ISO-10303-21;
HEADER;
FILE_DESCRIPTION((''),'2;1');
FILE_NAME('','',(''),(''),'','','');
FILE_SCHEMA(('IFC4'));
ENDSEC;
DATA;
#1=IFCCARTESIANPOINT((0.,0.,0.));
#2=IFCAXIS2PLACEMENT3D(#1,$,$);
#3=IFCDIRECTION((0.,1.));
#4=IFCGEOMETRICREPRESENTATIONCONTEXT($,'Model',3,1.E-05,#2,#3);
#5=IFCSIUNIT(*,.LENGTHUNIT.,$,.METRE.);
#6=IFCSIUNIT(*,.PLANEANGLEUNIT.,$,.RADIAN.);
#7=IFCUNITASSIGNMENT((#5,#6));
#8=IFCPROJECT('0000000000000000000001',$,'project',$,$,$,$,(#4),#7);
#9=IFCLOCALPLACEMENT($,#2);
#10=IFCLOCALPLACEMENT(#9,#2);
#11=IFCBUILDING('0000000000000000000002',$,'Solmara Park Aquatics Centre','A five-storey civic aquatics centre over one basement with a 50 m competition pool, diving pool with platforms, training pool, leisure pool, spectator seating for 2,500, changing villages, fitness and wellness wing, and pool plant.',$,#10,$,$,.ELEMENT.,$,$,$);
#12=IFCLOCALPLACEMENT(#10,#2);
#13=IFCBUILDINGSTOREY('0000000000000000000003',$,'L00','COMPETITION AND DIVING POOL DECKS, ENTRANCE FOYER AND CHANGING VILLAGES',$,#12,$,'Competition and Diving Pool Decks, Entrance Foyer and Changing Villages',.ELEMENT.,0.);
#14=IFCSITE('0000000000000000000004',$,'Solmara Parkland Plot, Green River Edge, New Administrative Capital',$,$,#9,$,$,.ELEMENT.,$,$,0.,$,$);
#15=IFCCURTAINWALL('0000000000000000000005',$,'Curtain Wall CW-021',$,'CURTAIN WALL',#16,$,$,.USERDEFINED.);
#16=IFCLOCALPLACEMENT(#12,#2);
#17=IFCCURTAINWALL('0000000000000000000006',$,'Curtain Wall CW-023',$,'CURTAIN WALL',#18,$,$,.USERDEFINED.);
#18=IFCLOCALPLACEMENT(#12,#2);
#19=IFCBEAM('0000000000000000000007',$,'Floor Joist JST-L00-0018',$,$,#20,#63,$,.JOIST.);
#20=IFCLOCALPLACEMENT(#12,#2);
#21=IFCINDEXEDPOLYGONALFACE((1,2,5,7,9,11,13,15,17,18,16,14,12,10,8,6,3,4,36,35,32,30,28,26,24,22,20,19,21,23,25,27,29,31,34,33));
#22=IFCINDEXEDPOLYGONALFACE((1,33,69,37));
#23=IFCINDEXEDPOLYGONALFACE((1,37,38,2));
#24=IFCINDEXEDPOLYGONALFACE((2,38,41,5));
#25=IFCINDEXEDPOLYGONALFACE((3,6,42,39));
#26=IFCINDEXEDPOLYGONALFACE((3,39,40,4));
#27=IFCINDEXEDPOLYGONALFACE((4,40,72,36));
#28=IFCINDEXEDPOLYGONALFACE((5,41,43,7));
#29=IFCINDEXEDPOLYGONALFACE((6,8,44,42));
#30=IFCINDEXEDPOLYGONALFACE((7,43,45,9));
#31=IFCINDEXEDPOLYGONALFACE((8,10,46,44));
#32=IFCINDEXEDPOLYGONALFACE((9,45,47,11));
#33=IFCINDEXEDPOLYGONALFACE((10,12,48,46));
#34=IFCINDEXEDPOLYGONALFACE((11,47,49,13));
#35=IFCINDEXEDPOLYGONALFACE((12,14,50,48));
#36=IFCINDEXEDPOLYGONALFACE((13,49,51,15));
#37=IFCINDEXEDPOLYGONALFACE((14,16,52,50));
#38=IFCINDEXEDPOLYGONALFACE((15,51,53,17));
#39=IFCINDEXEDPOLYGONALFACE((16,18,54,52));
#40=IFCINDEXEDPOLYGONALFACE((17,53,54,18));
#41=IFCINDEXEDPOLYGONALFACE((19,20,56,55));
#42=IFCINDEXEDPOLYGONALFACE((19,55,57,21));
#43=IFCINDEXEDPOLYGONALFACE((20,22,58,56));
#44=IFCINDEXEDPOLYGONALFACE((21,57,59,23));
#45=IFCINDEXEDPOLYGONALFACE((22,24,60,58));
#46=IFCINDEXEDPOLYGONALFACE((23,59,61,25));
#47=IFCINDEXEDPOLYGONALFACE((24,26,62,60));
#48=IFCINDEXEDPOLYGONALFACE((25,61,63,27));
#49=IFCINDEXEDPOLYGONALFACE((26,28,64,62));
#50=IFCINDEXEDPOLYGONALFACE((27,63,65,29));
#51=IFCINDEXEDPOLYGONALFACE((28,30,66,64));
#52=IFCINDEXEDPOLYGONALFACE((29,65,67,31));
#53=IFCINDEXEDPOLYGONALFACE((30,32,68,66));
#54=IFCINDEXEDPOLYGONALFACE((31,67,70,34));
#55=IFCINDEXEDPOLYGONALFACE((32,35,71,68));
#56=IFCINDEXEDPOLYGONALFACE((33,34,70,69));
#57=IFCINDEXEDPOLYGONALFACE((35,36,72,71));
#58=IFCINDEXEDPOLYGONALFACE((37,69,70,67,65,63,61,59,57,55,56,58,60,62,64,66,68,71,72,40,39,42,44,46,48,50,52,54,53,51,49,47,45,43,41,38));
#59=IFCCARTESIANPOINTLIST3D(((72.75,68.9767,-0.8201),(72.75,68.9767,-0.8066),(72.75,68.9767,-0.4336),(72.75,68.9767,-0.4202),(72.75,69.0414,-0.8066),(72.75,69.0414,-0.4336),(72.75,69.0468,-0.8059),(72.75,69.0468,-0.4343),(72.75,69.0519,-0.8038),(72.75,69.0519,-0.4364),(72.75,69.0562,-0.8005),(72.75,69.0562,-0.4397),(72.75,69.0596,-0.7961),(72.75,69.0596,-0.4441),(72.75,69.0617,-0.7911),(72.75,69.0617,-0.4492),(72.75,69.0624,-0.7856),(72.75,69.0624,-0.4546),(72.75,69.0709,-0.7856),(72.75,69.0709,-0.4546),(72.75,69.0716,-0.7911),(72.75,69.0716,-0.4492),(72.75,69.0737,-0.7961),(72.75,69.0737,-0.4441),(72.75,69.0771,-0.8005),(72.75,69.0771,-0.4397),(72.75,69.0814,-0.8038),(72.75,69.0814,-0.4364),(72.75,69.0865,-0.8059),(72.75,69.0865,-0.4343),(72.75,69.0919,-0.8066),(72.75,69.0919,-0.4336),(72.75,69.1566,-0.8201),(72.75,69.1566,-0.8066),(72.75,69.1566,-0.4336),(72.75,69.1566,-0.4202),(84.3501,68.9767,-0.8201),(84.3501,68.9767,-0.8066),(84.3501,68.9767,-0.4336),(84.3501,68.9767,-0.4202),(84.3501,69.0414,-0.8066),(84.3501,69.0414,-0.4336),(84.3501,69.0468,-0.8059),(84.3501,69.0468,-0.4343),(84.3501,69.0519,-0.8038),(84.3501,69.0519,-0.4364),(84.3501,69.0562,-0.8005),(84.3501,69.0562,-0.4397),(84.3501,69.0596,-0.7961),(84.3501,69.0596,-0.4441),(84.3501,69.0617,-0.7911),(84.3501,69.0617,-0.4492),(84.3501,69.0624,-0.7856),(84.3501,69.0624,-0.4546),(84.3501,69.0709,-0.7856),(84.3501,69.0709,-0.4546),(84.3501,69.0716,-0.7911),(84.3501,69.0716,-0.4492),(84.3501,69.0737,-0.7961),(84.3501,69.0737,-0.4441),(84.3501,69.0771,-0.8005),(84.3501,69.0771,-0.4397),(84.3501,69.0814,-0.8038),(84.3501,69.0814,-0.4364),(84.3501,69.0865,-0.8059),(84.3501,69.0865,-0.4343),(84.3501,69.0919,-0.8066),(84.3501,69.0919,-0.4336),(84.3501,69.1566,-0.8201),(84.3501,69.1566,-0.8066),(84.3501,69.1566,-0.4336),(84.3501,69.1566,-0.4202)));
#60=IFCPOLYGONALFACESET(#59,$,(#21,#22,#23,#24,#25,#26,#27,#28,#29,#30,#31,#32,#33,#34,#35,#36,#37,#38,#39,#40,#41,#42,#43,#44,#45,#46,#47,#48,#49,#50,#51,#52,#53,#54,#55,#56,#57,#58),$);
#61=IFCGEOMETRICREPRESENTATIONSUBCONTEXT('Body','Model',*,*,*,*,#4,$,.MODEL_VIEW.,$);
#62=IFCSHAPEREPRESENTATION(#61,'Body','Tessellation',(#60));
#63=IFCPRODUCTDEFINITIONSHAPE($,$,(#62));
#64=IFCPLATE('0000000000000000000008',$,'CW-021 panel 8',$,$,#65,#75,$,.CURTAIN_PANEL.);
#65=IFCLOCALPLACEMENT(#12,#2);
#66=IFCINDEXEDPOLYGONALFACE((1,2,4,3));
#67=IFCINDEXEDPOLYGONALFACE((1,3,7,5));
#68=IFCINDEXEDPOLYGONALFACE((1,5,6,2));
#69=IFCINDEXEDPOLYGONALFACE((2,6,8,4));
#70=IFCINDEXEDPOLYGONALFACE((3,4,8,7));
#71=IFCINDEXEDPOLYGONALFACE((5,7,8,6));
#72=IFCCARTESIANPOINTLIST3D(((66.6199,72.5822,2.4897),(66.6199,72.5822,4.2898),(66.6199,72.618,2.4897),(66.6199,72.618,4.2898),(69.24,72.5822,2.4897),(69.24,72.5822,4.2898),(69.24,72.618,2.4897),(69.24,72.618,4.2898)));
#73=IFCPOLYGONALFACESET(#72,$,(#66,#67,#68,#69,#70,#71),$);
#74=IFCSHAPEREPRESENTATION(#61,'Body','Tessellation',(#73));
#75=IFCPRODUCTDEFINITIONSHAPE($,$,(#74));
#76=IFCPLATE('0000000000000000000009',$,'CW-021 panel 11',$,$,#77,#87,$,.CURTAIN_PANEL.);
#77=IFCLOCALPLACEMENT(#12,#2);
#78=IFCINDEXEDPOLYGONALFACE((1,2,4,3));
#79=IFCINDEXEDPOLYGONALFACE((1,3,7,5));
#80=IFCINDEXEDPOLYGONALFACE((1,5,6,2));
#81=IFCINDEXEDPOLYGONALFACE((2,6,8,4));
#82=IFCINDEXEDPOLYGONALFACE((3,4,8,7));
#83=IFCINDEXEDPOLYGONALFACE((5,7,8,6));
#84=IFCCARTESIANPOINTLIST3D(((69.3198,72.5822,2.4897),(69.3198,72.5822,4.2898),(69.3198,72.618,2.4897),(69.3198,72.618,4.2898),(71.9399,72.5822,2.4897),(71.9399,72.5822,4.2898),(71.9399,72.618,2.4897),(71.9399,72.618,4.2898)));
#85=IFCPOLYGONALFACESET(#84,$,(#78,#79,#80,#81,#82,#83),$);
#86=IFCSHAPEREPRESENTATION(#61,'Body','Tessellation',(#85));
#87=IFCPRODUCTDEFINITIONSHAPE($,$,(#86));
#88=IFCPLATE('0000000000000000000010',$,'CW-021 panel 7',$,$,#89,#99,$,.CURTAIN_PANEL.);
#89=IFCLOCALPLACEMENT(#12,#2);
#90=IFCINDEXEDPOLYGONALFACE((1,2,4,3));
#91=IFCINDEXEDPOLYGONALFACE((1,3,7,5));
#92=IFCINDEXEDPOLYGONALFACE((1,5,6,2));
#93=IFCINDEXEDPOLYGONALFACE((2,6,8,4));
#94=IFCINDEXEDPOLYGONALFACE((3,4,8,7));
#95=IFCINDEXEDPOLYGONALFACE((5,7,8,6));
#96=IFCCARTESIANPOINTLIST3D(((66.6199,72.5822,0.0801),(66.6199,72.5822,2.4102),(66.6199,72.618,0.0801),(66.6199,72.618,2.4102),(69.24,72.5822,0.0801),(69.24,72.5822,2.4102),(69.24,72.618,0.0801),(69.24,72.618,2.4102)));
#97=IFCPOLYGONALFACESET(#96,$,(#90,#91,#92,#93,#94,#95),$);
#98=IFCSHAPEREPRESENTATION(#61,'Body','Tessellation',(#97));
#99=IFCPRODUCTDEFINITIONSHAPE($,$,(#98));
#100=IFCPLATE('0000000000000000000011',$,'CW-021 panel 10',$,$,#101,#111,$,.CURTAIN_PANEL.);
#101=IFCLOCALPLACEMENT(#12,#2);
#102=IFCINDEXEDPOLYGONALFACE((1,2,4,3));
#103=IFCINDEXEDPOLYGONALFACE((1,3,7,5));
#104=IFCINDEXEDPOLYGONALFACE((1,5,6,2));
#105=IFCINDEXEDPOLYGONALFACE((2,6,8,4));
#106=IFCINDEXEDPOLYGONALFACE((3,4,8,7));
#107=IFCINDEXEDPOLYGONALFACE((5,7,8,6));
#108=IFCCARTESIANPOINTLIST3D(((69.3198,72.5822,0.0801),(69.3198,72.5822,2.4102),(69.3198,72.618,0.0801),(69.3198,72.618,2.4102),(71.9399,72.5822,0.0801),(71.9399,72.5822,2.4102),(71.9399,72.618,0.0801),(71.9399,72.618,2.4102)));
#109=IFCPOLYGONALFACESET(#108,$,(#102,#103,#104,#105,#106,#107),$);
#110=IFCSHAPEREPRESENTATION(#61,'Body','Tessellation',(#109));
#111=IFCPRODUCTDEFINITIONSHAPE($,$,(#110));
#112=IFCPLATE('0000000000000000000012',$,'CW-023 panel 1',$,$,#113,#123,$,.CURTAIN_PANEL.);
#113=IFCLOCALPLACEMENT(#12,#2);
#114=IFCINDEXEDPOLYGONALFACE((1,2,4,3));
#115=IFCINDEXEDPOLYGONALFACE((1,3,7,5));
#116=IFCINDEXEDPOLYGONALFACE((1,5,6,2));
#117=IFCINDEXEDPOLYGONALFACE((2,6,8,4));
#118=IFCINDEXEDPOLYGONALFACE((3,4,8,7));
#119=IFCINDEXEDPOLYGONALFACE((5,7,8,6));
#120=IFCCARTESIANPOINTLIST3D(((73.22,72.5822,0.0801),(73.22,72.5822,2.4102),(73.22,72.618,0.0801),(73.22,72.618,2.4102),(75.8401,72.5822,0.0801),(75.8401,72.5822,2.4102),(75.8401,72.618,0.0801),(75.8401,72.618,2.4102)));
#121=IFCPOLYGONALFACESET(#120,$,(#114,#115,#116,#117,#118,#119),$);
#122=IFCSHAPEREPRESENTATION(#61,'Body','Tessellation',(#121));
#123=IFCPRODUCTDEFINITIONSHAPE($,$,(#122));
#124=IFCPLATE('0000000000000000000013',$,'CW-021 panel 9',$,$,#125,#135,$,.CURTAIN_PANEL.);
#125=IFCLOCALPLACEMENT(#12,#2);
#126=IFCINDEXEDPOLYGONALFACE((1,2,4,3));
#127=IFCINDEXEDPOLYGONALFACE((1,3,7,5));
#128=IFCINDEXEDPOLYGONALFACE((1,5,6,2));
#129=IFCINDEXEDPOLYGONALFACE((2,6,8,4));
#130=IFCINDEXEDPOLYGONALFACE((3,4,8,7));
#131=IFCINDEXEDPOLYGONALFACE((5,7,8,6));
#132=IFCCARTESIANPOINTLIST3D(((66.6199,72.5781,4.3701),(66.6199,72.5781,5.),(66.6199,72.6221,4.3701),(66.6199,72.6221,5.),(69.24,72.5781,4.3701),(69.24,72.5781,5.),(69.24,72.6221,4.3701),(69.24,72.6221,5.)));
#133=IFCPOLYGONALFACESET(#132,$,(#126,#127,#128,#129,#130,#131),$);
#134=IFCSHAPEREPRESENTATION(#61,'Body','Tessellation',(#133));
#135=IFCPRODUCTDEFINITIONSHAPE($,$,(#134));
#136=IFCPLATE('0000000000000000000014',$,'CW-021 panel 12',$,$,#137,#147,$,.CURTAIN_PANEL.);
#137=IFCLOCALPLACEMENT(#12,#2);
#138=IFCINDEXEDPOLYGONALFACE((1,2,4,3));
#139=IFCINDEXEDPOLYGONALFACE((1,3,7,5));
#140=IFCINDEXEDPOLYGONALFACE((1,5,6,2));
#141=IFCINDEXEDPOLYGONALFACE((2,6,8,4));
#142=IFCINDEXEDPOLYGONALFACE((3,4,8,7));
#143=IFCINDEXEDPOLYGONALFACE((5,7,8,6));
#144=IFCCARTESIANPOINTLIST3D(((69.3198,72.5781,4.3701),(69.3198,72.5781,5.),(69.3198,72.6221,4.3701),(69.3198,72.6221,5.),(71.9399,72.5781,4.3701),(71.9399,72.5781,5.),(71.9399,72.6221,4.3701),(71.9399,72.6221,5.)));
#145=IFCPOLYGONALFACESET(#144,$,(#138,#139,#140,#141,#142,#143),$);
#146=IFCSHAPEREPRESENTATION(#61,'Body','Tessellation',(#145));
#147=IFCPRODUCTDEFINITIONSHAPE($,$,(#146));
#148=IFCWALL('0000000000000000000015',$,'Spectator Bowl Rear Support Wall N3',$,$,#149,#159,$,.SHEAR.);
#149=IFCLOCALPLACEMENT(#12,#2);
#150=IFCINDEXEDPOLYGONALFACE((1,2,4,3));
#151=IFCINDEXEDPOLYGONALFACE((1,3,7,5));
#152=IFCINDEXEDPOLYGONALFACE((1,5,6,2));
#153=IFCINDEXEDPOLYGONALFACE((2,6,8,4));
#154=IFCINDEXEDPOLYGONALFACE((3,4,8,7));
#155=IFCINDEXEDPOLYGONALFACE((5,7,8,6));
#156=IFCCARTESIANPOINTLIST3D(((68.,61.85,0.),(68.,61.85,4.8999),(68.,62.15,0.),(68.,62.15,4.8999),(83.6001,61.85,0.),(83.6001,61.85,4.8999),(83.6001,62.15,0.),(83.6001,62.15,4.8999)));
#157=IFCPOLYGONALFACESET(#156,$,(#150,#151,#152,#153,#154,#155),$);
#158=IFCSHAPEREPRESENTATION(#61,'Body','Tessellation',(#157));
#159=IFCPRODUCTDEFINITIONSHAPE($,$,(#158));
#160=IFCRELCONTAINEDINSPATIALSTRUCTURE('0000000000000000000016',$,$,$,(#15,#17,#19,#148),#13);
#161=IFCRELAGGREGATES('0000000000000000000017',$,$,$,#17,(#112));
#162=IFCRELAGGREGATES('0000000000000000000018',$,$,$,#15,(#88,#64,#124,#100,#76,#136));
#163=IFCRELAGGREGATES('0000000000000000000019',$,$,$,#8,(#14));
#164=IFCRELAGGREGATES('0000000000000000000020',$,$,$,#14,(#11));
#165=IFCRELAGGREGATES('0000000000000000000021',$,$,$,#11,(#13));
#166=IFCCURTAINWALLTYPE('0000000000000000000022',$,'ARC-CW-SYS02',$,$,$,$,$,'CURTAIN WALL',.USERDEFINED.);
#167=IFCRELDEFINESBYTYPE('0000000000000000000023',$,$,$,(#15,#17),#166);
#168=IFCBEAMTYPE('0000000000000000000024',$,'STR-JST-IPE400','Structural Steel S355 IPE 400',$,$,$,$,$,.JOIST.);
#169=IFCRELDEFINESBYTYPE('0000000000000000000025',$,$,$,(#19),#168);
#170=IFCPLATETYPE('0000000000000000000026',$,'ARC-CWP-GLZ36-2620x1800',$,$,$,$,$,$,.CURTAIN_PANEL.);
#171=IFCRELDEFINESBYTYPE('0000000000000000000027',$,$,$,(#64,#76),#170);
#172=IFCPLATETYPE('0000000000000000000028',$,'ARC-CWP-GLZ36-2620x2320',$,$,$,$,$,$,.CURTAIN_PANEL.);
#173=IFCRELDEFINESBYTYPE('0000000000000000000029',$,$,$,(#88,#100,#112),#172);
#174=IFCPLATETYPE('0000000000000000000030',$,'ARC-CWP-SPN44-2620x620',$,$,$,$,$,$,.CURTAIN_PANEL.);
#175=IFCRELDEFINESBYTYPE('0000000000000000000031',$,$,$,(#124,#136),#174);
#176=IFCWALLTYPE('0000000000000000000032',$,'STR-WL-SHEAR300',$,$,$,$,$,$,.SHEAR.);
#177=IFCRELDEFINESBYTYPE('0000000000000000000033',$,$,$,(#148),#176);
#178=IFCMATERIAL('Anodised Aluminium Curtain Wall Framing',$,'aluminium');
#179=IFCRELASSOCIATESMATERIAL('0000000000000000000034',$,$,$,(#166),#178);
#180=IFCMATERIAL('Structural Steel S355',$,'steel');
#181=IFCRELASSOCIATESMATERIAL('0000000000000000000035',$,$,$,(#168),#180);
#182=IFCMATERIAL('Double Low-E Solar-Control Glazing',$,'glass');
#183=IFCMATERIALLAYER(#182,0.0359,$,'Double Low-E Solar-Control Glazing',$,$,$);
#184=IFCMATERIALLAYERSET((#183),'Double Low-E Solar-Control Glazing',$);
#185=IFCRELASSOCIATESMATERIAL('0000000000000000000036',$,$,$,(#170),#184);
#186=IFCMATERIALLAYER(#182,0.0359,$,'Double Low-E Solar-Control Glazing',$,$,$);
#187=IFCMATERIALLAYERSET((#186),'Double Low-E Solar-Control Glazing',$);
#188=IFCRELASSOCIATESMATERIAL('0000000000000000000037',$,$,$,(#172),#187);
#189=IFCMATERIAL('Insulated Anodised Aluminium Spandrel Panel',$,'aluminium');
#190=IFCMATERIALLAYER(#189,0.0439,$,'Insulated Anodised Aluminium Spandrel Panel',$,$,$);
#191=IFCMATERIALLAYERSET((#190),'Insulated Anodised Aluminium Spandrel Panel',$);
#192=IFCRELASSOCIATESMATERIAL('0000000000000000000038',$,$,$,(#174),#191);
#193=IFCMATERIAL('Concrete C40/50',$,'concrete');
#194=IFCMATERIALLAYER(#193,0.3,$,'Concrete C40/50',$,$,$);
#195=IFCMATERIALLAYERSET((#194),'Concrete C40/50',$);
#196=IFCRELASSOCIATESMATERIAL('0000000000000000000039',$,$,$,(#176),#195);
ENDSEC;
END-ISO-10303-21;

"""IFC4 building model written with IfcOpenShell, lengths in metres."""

from ifc_helpers import new_model, si_unit, direction, frame, frame_2d, origin, origin_2d, place, context, subcontext, project, spatial, rectangle, i_section, extrude, material, layer, layer_set, material_profile, profile_set, type_object, element, aggregate, save


model = new_model("IFC4")

# Units and contexts
model_context = context("Model", 3, precision=1e-05, world=origin(), true_north=direction((0.0, 1.0)))
body_context = subcontext(model_context, "Body", "Model", "MODEL_VIEW")
ifc_project = project(units=[si_unit("LENGTHUNIT", "METRE"), si_unit("PLANEANGLEUNIT", "RADIAN")], contexts=[model_context])

# Site, building, storey
site_placement = place(None, origin())
site = spatial("IfcSite", under=ifc_project, at=site_placement, Name="Solmara Parkland Plot, Green River Edge, New Administrative Capital", CompositionType="ELEMENT", RefElevation=0.0)
building_placement = place(site_placement, origin())
building = spatial("IfcBuilding", under=site, at=building_placement, Name="Solmara Park Aquatics Centre", Description="A five-storey civic aquatics centre over one basement with a 50 m competition pool, diving pool with platforms, training pool, leisure pool, spectator seating for 2,500, changing villages, fitness and wellness wing, and pool plant.", CompositionType="ELEMENT")
storey_placement = place(building_placement, origin())
storey = spatial("IfcBuildingStorey", under=building, at=storey_placement, Name="L00", Description="COMPETITION AND DIVING POOL DECKS, ENTRANCE FOYER AND CHANGING VILLAGES", LongName="Competition and Diving Pool Decks, Entrance Foyer and Changing Villages", CompositionType="ELEMENT", Elevation=0.0)

# Shared definitions
ifc_material_1 = material(Name="Structural Steel S355", Category="steel")

# Curtain wall
ifc_material_2 = material(Name="Anodised Aluminium Curtain Wall Framing", Category="aluminium")
curtain_wall_type = type_object("IfcCurtainWallType", Name="ARC-CW-SYS02", ElementType="CURTAIN WALL", PredefinedType="USERDEFINED", material=ifc_material_2)
curtain_wall_1_placement = place(storey_placement, origin())
curtain_wall_1 = element("IfcCurtainWall", 1, at=curtain_wall_1_placement, inside=storey, type_object=curtain_wall_type, Name="Curtain Wall CW-021", ObjectType="CURTAIN WALL", PredefinedType="USERDEFINED")

# Curtain wall
curtain_wall_2_placement = place(storey_placement, origin())
curtain_wall_2 = element("IfcCurtainWall", 2, at=curtain_wall_2_placement, inside=storey, type_object=curtain_wall_type, Name="Curtain Wall CW-023", ObjectType="CURTAIN WALL", PredefinedType="USERDEFINED")

# Beam
ifc_material_3 = material(Name="Concrete C40/50", Category="concrete")
ifc_material_profile_1 = material_profile(ifc_material_1, i_section(OverallWidth=0.1799, OverallDepth=0.3999, WebThickness=0.0085, FlangeThickness=0.0134, FilletRadius=0.021, at=origin_2d()), Name="IPE 400")
ifc_profile_set_1 = profile_set([ifc_material_profile_1], Name="Structural Steel S355")
beam_type_1 = type_object("IfcBeamType", Name="STR-JST-IPE400", Description="Structural Steel S355 IPE 400", PredefinedType="JOIST", material=ifc_profile_set_1)
for number, where, z_axis, x_axis, name in (
    (3, (72.75, 69.0667, -0.6201), (1.0, 0.0, 0.0), (0.0, 1.0, 0.0), "Floor Joist JST-L00-0018"),
):
    element("IfcBeam", number, at=place(storey_placement, frame(where, z_axis=z_axis, x_axis=x_axis)), inside=storey, type_object=beam_type_1, Name=name, PredefinedType="JOIST", context=body_context, shape_type="SweptSolid", body=[
        extrude(i_section(OverallWidth=0.1799, OverallDepth=0.3999, WebThickness=0.0085, FlangeThickness=0.0134, FilletRadius=0.021, at=origin_2d()), origin(), (0.0, 0.0, 1.0), 11.6001),
    ])

# Plates
ifc_material_4 = material(Name="Double Low-E Solar-Control Glazing", Category="glass")
ifc_layer_1 = layer(ifc_material_4, 0.0359, Name="Double Low-E Solar-Control Glazing")
ifc_layer_set_1 = layer_set([ifc_layer_1], Name="Double Low-E Solar-Control Glazing")
plate_type_1 = type_object("IfcPlateType", Name="ARC-CWP-GLZ36-2620x1800", PredefinedType="CURTAIN_PANEL", material=ifc_layer_set_1)
plate_1_placement = place(storey_placement, frame((67.9299, 72.6001, 2.4897), z_axis=(0.0, 0.0, 1.0), x_axis=(1.0, 0.0, 0.0)))
plate_1 = element("IfcPlate", 4, at=plate_1_placement, type_object=plate_type_1, Name="CW-021 panel 8", PredefinedType="CURTAIN_PANEL", context=body_context, shape_type="SweptSolid", body=[
    extrude(rectangle(XDim=2.6201, YDim=0.0359, at=origin_2d()), origin(), (0.0, 0.0, 1.0), 1.8),
])
plate_2_placement = place(storey_placement, frame((70.6299, 72.6001, 2.4897), z_axis=(0.0, 0.0, 1.0), x_axis=(1.0, 0.0, 0.0)))
plate_2 = element("IfcPlate", 5, at=plate_2_placement, type_object=plate_type_1, Name="CW-021 panel 11", PredefinedType="CURTAIN_PANEL", context=body_context, shape_type="SweptSolid", body=[
    extrude(rectangle(XDim=2.6201, YDim=0.0359, at=origin_2d()), origin(), (0.0, 0.0, 1.0), 1.8),
])
ifc_layer_2 = layer(ifc_material_4, 0.0359, Name="Double Low-E Solar-Control Glazing")
ifc_layer_set_2 = layer_set([ifc_layer_2], Name="Double Low-E Solar-Control Glazing")
plate_type_2 = type_object("IfcPlateType", Name="ARC-CWP-GLZ36-2620x2320", PredefinedType="CURTAIN_PANEL", material=ifc_layer_set_2)
plate_3_placement = place(storey_placement, frame((67.9299, 72.6001, 0.0801), z_axis=(0.0, 0.0, 1.0), x_axis=(1.0, 0.0, 0.0)))
plate_3 = element("IfcPlate", 6, at=plate_3_placement, type_object=plate_type_2, Name="CW-021 panel 7", PredefinedType="CURTAIN_PANEL", context=body_context, shape_type="SweptSolid", body=[
    extrude(rectangle(XDim=2.6201, YDim=0.0359, at=origin_2d()), origin(), (0.0, 0.0, 1.0), 2.3301),
])
plate_4_placement = place(storey_placement, frame((70.6299, 72.6001, 0.0801), z_axis=(0.0, 0.0, 1.0), x_axis=(1.0, 0.0, 0.0)))
plate_4 = element("IfcPlate", 7, at=plate_4_placement, type_object=plate_type_2, Name="CW-021 panel 10", PredefinedType="CURTAIN_PANEL", context=body_context, shape_type="SweptSolid", body=[
    extrude(rectangle(XDim=2.6201, YDim=0.0359, at=origin_2d()), origin(), (0.0, 0.0, 1.0), 2.3301),
])
plate_5_placement = place(storey_placement, frame((74.53, 72.6001, 0.0801), z_axis=(0.0, 0.0, 1.0), x_axis=(1.0, 0.0, 0.0)))
plate_5 = element("IfcPlate", 8, at=plate_5_placement, type_object=plate_type_2, Name="CW-023 panel 1", PredefinedType="CURTAIN_PANEL", context=body_context, shape_type="SweptSolid", body=[
    extrude(rectangle(XDim=2.6201, YDim=0.0359, at=origin_2d()), origin(), (0.0, 0.0, 1.0), 2.3301),
])
aggregate(curtain_wall_2, [plate_5])
ifc_material_5 = material(Name="Insulated Anodised Aluminium Spandrel Panel", Category="aluminium")
ifc_layer_3 = layer(ifc_material_5, 0.0439, Name="Insulated Anodised Aluminium Spandrel Panel")
ifc_layer_set_3 = layer_set([ifc_layer_3], Name="Insulated Anodised Aluminium Spandrel Panel")
plate_type_3 = type_object("IfcPlateType", Name="ARC-CWP-SPN44-2620x620", PredefinedType="CURTAIN_PANEL", material=ifc_layer_set_3)
plate_6_placement = place(storey_placement, frame((67.9299, 72.6001, 4.3701), z_axis=(0.0, 0.0, 1.0), x_axis=(1.0, 0.0, 0.0)))
plate_6 = element("IfcPlate", 9, at=plate_6_placement, type_object=plate_type_3, Name="CW-021 panel 9", PredefinedType="CURTAIN_PANEL", context=body_context, shape_type="SweptSolid", body=[
    extrude(rectangle(XDim=2.6201, YDim=0.0439, at=origin_2d()), origin(), (0.0, 0.0, 1.0), 0.6299),
])
plate_7_placement = place(storey_placement, frame((70.6299, 72.6001, 4.3701), z_axis=(0.0, 0.0, 1.0), x_axis=(1.0, 0.0, 0.0)))
plate_7 = element("IfcPlate", 10, at=plate_7_placement, type_object=plate_type_3, Name="CW-021 panel 12", PredefinedType="CURTAIN_PANEL", context=body_context, shape_type="SweptSolid", body=[
    extrude(rectangle(XDim=2.6201, YDim=0.0439, at=origin_2d()), origin(), (0.0, 0.0, 1.0), 0.6299),
])
aggregate(curtain_wall_1, [plate_3, plate_1, plate_6, plate_4, plate_2, plate_7])

# Wall
ifc_layer_4 = layer(ifc_material_3, 0.3, Name="Concrete C40/50")
ifc_layer_set_4 = layer_set([ifc_layer_4], Name="Concrete C40/50")
wall_type = type_object("IfcWallType", Name="STR-WL-SHEAR300", PredefinedType="SHEAR", material=ifc_layer_set_4)
wall_placement = place(storey_placement, frame((68.0, 62.0, 0.0), z_axis=(0.0, 0.0, 1.0), x_axis=(1.0, 0.0, 0.0)))
element("IfcWall", 11, at=wall_placement, inside=storey, type_object=wall_type, Name="Spectator Bowl Rear Support Wall N3", PredefinedType="SHEAR", context=body_context, shape_type="SweptSolid", body=[
    extrude(rectangle(XDim=15.6001, YDim=0.3, at=frame_2d((7.8, 0.0))), origin(), (0.0, 0.0, 1.0), 4.8999),
])

save(model, "model.ifc")
